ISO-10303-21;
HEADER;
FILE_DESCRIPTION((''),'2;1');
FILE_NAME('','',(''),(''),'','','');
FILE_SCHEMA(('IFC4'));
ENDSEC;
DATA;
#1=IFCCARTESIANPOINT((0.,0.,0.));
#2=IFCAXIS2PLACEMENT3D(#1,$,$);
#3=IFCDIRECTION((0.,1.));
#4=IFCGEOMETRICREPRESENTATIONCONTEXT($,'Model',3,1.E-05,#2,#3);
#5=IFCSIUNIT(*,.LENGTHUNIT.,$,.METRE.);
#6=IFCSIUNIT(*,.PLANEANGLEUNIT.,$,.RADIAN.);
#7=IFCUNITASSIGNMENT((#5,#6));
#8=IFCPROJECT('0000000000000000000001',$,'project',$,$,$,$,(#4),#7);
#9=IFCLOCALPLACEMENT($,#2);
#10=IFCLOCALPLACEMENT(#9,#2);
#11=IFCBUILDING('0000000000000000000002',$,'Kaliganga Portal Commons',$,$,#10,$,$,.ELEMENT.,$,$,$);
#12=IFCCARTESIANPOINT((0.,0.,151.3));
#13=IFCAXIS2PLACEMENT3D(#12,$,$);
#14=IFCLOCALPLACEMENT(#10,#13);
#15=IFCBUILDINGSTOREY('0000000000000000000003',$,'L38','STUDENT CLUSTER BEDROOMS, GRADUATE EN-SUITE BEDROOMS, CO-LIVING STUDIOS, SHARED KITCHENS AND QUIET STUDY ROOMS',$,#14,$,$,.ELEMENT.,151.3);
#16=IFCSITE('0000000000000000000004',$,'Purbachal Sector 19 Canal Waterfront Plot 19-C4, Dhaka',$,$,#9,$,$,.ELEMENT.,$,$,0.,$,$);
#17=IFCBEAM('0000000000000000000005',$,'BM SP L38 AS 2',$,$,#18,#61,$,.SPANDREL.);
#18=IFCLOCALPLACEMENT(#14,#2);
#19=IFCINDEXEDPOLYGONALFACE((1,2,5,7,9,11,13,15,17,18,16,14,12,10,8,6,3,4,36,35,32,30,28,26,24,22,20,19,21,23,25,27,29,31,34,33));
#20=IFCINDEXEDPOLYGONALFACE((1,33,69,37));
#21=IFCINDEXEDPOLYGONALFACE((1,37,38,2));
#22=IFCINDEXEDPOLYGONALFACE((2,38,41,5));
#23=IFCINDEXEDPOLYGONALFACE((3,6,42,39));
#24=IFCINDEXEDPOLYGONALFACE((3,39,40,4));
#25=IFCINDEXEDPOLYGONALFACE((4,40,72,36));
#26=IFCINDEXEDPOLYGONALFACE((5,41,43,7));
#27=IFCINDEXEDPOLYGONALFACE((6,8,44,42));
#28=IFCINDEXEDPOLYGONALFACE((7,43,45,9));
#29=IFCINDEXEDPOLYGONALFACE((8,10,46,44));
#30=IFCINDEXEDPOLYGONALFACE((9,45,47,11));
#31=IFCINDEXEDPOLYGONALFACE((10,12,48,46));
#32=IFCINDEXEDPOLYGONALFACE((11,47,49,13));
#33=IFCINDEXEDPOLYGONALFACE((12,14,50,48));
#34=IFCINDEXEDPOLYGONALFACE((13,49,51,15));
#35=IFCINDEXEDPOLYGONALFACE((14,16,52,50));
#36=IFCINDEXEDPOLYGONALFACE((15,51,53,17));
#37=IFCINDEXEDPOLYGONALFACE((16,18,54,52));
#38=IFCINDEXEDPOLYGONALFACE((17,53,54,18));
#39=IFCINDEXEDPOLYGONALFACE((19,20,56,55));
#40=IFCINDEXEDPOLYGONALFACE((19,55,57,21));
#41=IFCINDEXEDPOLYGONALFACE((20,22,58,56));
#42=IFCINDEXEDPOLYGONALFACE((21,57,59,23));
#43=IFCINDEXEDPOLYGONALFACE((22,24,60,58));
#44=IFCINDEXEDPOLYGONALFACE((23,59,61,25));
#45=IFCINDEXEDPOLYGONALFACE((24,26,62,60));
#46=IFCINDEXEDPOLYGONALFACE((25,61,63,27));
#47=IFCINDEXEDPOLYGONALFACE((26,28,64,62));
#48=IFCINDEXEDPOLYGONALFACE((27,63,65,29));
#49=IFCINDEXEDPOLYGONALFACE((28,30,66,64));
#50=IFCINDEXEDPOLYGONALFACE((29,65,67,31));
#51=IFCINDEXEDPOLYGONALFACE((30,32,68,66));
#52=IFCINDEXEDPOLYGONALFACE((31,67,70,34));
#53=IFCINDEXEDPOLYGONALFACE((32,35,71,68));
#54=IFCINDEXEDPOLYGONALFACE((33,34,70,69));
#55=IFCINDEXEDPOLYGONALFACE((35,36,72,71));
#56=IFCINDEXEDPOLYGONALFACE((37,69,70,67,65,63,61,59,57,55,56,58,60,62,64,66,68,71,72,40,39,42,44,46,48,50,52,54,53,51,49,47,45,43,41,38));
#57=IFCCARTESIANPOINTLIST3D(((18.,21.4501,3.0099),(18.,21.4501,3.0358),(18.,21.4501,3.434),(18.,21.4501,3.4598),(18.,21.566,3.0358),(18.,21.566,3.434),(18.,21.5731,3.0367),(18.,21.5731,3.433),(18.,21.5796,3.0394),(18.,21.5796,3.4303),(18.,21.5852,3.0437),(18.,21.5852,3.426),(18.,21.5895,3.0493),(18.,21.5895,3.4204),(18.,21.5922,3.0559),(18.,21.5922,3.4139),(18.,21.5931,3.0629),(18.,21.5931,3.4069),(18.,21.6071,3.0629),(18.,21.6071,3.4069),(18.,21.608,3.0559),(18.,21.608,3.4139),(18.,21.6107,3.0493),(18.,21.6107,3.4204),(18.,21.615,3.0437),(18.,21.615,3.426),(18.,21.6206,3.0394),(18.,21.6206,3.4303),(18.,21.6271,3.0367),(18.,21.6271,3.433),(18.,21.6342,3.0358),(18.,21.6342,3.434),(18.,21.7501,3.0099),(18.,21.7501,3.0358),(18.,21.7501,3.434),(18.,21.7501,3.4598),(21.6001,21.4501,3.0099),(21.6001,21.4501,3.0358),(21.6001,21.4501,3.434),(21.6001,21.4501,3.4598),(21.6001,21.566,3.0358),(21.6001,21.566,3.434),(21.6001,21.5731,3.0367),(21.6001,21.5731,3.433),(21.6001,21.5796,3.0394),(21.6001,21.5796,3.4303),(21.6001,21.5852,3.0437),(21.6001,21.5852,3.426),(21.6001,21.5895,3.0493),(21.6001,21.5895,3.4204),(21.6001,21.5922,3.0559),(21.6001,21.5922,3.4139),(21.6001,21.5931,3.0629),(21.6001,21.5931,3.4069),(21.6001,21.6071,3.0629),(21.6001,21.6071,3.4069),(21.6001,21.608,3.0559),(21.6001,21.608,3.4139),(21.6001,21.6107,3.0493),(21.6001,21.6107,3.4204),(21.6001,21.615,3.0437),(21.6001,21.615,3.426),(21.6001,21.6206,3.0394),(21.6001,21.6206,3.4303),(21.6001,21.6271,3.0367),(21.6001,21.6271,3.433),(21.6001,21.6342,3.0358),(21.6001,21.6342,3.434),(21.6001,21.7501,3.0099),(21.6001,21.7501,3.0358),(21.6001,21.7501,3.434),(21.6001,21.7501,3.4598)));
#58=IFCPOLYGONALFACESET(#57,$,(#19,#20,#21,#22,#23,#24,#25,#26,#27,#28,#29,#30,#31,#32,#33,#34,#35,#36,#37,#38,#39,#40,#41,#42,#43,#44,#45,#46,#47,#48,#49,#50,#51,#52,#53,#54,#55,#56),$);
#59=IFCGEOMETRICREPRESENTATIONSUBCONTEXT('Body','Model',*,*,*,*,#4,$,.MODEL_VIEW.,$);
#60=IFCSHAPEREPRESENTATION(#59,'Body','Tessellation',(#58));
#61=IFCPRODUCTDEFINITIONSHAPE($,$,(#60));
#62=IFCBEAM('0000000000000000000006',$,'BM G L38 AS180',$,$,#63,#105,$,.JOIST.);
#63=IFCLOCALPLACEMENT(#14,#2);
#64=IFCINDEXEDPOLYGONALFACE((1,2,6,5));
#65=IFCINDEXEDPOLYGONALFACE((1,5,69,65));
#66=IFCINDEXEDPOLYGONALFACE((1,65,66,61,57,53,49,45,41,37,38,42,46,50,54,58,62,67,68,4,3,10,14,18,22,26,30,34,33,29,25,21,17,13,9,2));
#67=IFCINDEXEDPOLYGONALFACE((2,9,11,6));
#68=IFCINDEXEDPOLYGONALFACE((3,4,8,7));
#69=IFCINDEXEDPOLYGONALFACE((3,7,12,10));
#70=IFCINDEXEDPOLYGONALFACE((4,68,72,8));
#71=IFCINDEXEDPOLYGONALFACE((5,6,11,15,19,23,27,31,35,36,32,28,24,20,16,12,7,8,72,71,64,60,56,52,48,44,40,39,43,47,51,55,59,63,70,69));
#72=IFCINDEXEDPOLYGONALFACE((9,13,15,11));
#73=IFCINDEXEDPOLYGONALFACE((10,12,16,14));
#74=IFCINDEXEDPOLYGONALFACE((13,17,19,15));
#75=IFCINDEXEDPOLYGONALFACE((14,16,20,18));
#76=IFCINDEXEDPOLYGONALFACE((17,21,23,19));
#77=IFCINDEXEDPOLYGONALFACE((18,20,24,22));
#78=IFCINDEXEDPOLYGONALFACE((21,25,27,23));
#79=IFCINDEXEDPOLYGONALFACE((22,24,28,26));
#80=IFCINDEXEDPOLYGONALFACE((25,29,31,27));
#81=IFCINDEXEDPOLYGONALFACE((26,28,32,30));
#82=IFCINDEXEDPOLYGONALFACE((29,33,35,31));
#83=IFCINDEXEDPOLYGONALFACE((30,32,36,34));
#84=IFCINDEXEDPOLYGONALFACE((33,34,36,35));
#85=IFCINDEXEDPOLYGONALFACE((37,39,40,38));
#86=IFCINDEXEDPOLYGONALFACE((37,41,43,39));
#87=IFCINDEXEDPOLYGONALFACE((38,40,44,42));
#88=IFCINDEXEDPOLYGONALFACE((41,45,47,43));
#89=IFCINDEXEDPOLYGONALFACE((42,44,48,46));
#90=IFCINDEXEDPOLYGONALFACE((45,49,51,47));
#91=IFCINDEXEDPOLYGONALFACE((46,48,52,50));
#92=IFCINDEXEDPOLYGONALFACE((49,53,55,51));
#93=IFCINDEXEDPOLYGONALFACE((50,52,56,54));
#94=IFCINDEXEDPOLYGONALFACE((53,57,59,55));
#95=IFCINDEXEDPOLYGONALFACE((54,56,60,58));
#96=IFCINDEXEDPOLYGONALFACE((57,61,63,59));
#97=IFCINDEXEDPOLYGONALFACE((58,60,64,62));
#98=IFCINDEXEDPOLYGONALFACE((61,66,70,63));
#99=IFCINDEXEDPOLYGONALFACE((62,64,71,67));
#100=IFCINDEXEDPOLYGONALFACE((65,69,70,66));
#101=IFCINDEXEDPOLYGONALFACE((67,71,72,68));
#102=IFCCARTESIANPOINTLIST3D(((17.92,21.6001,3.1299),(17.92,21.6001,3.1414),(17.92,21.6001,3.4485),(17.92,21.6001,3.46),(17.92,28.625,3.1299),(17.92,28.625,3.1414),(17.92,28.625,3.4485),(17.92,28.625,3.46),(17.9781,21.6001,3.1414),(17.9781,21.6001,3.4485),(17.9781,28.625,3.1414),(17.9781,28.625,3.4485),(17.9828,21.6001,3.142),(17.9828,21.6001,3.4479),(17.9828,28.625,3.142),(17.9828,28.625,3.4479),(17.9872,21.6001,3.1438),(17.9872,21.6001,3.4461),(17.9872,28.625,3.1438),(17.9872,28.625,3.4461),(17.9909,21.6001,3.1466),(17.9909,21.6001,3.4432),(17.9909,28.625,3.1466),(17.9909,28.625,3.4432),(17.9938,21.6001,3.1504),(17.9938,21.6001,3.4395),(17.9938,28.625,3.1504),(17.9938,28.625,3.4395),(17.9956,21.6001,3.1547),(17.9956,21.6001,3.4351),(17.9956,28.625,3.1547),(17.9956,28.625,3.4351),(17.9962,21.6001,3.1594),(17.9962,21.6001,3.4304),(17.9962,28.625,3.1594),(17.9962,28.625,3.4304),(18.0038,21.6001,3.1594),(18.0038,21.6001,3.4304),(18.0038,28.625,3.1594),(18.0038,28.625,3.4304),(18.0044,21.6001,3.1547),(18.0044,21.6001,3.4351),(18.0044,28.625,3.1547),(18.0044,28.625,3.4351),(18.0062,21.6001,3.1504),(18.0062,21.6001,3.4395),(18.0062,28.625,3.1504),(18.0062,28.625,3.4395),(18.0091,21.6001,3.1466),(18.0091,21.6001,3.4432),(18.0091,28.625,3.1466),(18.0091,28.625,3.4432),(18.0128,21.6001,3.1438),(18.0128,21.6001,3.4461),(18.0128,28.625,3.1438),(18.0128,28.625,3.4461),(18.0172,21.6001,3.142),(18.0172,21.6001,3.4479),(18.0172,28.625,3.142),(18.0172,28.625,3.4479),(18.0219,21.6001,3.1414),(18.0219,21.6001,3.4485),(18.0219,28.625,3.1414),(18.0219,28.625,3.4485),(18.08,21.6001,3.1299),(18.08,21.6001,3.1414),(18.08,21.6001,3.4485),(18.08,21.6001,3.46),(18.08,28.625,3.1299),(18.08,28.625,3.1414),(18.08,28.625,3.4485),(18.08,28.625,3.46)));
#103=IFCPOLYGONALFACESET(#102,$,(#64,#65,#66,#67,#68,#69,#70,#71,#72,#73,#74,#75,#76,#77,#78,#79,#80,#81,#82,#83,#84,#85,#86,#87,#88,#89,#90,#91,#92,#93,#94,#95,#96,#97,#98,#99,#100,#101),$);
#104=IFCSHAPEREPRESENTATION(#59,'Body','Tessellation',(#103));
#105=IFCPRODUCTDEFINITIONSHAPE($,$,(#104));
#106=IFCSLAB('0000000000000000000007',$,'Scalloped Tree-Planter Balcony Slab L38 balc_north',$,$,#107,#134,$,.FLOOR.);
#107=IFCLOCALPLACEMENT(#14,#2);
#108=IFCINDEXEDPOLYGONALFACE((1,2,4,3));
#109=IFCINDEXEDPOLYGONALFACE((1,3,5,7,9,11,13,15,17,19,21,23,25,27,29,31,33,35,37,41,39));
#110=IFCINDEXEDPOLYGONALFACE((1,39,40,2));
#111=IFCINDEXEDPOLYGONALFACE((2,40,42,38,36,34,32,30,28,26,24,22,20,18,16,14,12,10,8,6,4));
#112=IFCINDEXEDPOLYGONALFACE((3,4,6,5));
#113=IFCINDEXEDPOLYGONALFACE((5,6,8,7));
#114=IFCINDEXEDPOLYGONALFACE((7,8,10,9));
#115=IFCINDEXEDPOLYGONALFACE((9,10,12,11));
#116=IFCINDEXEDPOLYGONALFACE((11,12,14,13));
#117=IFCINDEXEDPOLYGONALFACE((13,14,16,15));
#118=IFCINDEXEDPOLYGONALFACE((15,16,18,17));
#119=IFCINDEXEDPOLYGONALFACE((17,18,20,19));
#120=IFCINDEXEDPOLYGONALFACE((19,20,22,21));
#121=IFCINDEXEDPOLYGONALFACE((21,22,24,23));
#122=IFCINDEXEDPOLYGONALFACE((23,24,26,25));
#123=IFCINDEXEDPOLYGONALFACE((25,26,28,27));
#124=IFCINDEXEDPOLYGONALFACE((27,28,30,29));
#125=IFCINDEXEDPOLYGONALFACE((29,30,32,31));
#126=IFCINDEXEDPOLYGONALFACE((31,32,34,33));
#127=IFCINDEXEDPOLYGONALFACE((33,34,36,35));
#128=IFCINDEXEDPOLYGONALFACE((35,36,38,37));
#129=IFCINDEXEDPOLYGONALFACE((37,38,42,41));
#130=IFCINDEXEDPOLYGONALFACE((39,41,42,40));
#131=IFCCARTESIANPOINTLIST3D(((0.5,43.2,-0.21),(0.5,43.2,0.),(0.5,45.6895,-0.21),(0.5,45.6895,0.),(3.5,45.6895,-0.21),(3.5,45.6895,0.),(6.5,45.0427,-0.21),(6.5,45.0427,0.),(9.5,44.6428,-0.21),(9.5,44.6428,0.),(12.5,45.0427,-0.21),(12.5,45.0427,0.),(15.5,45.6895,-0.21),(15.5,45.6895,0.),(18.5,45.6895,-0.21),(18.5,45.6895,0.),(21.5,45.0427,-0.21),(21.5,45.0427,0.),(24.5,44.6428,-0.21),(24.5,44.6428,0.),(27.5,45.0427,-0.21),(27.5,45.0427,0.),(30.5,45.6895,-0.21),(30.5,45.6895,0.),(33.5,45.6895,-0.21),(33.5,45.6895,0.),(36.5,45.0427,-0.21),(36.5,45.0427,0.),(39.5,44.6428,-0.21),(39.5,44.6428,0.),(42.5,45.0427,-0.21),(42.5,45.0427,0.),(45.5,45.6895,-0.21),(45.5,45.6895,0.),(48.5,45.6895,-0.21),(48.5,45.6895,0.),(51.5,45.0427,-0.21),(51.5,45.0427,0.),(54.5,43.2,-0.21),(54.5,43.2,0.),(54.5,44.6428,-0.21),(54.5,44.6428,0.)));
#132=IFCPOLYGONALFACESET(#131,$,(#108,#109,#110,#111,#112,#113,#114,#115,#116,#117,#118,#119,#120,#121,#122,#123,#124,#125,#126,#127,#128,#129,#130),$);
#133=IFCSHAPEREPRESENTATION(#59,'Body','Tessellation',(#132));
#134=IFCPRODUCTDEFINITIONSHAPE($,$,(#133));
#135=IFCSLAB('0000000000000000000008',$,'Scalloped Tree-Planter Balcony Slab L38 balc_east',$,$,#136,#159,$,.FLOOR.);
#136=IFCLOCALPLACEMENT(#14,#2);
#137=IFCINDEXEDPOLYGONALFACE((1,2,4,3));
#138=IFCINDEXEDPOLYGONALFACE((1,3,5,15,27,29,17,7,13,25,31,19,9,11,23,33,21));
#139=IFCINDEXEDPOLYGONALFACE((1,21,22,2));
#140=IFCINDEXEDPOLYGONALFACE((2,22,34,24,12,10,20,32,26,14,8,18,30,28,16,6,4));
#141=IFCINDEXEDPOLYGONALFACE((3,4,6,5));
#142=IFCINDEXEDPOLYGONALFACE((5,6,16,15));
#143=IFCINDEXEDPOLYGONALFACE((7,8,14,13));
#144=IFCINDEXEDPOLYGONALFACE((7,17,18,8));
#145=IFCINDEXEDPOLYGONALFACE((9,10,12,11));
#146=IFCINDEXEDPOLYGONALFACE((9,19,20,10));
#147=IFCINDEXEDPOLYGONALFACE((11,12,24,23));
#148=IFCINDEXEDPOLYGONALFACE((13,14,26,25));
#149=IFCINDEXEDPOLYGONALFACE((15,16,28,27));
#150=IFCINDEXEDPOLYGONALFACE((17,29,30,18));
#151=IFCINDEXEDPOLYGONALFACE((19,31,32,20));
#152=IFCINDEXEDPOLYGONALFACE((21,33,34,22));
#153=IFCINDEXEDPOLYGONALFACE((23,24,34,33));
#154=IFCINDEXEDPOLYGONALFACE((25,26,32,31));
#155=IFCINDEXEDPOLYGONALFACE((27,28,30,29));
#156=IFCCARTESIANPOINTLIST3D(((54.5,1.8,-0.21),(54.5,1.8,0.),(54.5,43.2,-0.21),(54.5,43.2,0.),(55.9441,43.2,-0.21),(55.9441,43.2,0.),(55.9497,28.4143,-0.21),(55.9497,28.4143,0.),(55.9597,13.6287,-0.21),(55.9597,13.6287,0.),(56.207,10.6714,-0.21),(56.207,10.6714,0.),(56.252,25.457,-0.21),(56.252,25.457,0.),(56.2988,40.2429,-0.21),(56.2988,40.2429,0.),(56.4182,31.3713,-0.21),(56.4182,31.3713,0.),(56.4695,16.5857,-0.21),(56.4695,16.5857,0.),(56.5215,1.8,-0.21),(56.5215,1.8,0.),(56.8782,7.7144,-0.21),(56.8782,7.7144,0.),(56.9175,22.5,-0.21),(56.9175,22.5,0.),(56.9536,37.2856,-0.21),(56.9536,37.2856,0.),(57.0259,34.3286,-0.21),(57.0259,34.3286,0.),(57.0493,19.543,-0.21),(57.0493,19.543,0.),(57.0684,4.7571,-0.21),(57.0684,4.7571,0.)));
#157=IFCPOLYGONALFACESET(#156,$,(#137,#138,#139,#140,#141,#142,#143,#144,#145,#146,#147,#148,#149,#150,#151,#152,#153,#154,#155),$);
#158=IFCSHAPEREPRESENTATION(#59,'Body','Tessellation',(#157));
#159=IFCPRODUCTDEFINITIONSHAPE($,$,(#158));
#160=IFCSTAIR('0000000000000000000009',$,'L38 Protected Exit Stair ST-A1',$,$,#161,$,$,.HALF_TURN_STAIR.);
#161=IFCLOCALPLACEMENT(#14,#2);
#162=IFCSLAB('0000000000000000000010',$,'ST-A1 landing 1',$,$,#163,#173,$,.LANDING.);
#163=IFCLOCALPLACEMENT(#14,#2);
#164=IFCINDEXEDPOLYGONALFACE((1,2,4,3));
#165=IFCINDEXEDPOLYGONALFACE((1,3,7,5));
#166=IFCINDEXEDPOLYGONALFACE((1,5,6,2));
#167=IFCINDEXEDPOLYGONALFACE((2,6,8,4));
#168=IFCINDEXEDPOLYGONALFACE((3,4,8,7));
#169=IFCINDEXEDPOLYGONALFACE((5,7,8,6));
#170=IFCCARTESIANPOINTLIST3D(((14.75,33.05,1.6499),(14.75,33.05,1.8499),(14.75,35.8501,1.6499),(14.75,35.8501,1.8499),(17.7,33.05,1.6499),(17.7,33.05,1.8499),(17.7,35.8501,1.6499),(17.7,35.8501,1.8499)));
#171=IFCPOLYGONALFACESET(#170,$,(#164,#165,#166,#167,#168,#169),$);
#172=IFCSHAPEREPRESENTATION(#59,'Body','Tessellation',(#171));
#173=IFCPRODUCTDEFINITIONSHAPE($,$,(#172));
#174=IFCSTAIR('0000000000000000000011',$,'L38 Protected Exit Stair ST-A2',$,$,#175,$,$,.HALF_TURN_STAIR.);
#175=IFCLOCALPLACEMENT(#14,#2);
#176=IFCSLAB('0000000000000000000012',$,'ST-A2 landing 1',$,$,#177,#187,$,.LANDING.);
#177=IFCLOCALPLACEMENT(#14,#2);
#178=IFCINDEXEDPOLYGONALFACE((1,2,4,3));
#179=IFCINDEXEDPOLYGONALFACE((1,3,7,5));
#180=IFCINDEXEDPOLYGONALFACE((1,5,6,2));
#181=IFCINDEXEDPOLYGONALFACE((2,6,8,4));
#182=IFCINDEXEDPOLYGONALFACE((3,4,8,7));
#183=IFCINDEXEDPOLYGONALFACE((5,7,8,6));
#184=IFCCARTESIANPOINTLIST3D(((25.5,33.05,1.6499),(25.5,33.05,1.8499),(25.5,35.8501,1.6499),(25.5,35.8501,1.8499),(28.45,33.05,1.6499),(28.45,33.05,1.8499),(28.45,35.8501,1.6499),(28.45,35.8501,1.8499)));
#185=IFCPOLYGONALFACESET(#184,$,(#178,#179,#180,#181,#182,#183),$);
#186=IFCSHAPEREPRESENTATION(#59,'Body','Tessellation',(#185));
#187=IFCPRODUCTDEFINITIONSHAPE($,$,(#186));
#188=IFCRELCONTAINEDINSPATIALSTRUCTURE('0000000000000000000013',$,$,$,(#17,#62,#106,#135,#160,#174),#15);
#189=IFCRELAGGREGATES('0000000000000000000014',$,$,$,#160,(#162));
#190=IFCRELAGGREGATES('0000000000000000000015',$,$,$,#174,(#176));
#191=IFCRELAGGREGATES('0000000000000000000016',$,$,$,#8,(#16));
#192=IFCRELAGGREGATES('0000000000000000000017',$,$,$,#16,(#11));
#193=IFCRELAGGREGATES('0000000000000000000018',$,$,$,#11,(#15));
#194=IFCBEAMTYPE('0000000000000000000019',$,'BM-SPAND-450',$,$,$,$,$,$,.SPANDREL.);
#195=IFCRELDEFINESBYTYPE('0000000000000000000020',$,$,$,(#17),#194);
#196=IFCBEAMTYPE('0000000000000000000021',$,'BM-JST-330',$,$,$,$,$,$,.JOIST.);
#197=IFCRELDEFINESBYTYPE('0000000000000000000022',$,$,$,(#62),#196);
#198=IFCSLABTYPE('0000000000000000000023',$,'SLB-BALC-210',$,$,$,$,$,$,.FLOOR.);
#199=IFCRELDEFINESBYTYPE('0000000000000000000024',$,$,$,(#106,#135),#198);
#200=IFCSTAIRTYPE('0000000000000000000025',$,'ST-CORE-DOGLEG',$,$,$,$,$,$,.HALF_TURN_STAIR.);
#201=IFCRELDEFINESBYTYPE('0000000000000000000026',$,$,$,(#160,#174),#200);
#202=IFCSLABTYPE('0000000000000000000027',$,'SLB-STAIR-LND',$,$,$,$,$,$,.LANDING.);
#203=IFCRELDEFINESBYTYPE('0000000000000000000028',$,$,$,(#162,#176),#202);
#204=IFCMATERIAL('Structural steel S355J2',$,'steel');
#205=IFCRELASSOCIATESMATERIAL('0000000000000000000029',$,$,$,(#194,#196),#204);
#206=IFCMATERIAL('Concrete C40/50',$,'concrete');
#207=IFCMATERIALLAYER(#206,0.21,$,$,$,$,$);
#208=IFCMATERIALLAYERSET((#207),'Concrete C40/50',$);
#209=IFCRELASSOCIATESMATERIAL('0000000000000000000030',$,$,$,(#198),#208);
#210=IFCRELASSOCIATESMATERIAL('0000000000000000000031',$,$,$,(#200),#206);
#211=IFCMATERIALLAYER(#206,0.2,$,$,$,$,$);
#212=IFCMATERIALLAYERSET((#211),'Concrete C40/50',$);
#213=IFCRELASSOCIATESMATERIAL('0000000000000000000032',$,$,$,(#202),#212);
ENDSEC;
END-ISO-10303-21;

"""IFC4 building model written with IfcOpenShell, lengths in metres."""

from ifc_helpers import new_model, si_unit, direction, frame, origin, origin_2d, place, context, subcontext, project, spatial, polyline, i_section, outline, extrude, source, transform, mapped, material, layer, layer_set, material_profile, profile_set, type_object, element, aggregate, save


model = new_model("IFC4")

# Units and contexts
model_context = context("Model", 3, precision=1e-05, world=origin(), true_north=direction((0.0, 1.0)))
body_context = subcontext(model_context, "Body", "Model", "MODEL_VIEW")
ifc_project = project(units=[si_unit("LENGTHUNIT", "METRE"), si_unit("PLANEANGLEUNIT", "RADIAN")], contexts=[model_context])

# Site, building, storey
site_placement = place(None, origin())
site = spatial("IfcSite", under=ifc_project, at=site_placement, Name="Purbachal Sector 19 Canal Waterfront Plot 19-C4, Dhaka", CompositionType="ELEMENT", RefElevation=0.0)
building_placement = place(site_placement, origin())
building = spatial("IfcBuilding", under=site, at=building_placement, Name="Kaliganga Portal Commons", CompositionType="ELEMENT")
storey_placement = place(building_placement, frame((0.0, 0.0, 151.3)))
storey = spatial("IfcBuildingStorey", under=building, at=storey_placement, Name="L38", Description="STUDENT CLUSTER BEDROOMS, GRADUATE EN-SUITE BEDROOMS, CO-LIVING STUDIOS, SHARED KITCHENS AND QUIET STUDY ROOMS", CompositionType="ELEMENT", Elevation=151.3)

# Beams
ifc_material_1 = material(Name="Structural steel S355J2", Category="steel")
ifc_material_profile_1 = material_profile(ifc_material_1, i_section(OverallWidth=0.3, OverallDepth=0.45, WebThickness=0.0139, FlangeThickness=0.0259, FilletRadius=0.0271, at=origin_2d()), Name="HE 450 B")
ifc_profile_set_1 = profile_set([ifc_material_profile_1], Name="Structural steel S355J2 wide-flange")
beam_type_1 = type_object("IfcBeamType", Name="BM-SPAND-450", PredefinedType="SPANDREL", material=ifc_profile_set_1)
shared_shape_1 = source(origin(), body_context, "Body", "SweptSolid", [
    extrude(i_section(OverallWidth=0.3, OverallDepth=0.45, WebThickness=0.0139, FlangeThickness=0.0259, FilletRadius=0.0271, at=origin_2d()), origin(), (0.0, 0.0, 1.0), 3.6001),
])
for number, where, z_axis, x_axis, name in (
    (1, (18.0, 21.6001, 3.2349), (1.0, 0.0, 0.0), (0.0, 1.0, 0.0), "BM SP L38 AS 2"),
):
    element("IfcBeam", number, at=place(storey_placement, frame(where, z_axis=z_axis, x_axis=x_axis)), inside=storey, type_object=beam_type_1, Name=name, PredefinedType="SPANDREL", context=body_context, shape_type="MappedRepresentation", body=[
        mapped(shared_shape_1, transform((0.0, 0.0, 0.0), x_axis=(1.0, 0.0, 0.0), y_axis=(0.0, 1.0, 0.0), z_axis=(0.0, 0.0, 1.0), scale=1.0)),
    ])
ifc_material_profile_2 = material_profile(ifc_material_1, i_section(OverallWidth=0.1599, OverallDepth=0.3301, WebThickness=0.0076, FlangeThickness=0.0115, FilletRadius=0.0181, at=origin_2d()), Name="IPE 330")
ifc_profile_set_2 = profile_set([ifc_material_profile_2], Name="Structural steel S355J2 wide-flange")
beam_type_2 = type_object("IfcBeamType", Name="BM-JST-330", PredefinedType="JOIST", material=ifc_profile_set_2)
shared_shape_2 = source(origin(), body_context, "Body", "SweptSolid", [
    extrude(i_section(OverallWidth=0.1599, OverallDepth=0.3301, WebThickness=0.0076, FlangeThickness=0.0115, FilletRadius=0.0181, at=origin_2d()), origin(), (0.0, 0.0, 1.0), 7.0249),
])
beam_1_placement = place(storey_placement, frame((18.0, 21.6001, 3.2949), z_axis=(0.0, 1.0, 0.0), x_axis=(-1.0, 0.0, 0.0)))
element("IfcBeam", 2, at=beam_1_placement, inside=storey, type_object=beam_type_2, Name="BM G L38 AS180", PredefinedType="JOIST", context=body_context, shape_type="MappedRepresentation", body=[
    mapped(shared_shape_2, transform((0.0, 0.0, 0.0), x_axis=(1.0, 0.0, 0.0), y_axis=(0.0, 1.0, 0.0), z_axis=(0.0, 0.0, 1.0), scale=1.0)),
])

# Slabs
ifc_material_2 = material(Name="Concrete C40/50", Category="concrete")
ifc_layer_1 = layer(ifc_material_2, 0.21)
ifc_layer_set_1 = layer_set([ifc_layer_1], Name="Concrete C40/50")
slab_type_1 = type_object("IfcSlabType", Name="SLB-BALC-210", PredefinedType="FLOOR", material=ifc_layer_set_1)
slab_1_placement = place(storey_placement, frame((0.0, 0.0, -0.21)))
element("IfcSlab", 3, at=slab_1_placement, inside=storey, type_object=slab_type_1, Name="Scalloped Tree-Planter Balcony Slab L38 balc_north", PredefinedType="FLOOR", context=body_context, shape_type="SweptSolid", body=[
    extrude(outline(polyline([(54.5, 43.2), (54.5, 44.6428), (51.5, 45.0427), (48.5, 45.6895), (45.5, 45.6895), (42.5, 45.0427), (39.5, 44.6428), (36.5, 45.0427), (33.5, 45.6895), (30.5, 45.6895), (27.5, 45.0427), (24.5, 44.6428), (21.5, 45.0427), (18.5, 45.6895), (15.5, 45.6895), (12.5, 45.0427), (9.5, 44.6428), (6.5, 45.0427), (3.5, 45.6895), (0.5, 45.6895), (0.5, 43.2), (54.5, 43.2)])), origin(), (0.0, 0.0, 1.0), 0.21),
])
slab_2_placement = place(storey_placement, frame((0.0, 0.0, -0.21)))
element("IfcSlab", 4, at=slab_2_placement, inside=storey, type_object=slab_type_1, Name="Scalloped Tree-Planter Balcony Slab L38 balc_east", PredefinedType="FLOOR", context=body_context, shape_type="SweptSolid", body=[
    extrude(outline(polyline([(54.5, 1.8), (56.5215, 1.8), (57.0684, 4.7571), (56.8782, 7.7144), (56.207, 10.6714), (55.9597, 13.6287), (56.4695, 16.5857), (57.0493, 19.543), (56.9175, 22.5), (56.252, 25.457), (55.9497, 28.4143), (56.4182, 31.3713), (57.0259, 34.3286), (56.9536, 37.2856), (56.2988, 40.2429), (55.9441, 43.2), (54.5, 43.2), (54.5, 1.8)])), origin(), (0.0, 0.0, 1.0), 0.21),
])

# Stairs, slabs
stair_type = type_object("IfcStairType", Name="ST-CORE-DOGLEG", PredefinedType="HALF_TURN_STAIR", material=ifc_material_2)
stair_1_placement = place(storey_placement, origin())
stair_1 = element("IfcStair", 5, at=stair_1_placement, inside=storey, type_object=stair_type, Name="L38 Protected Exit Stair ST-A1", PredefinedType="HALF_TURN_STAIR")
ifc_layer_2 = layer(ifc_material_2, 0.2)
ifc_layer_set_2 = layer_set([ifc_layer_2], Name="Concrete C40/50")
slab_type_2 = type_object("IfcSlabType", Name="SLB-STAIR-LND", PredefinedType="LANDING", material=ifc_layer_set_2)
slab_3_placement = place(storey_placement, frame((0.0, 0.0, 1.6499)))
slab_3 = element("IfcSlab", 6, at=slab_3_placement, type_object=slab_type_2, Name="ST-A1 landing 1", PredefinedType="LANDING", context=body_context, shape_type="SweptSolid", body=[
    extrude(outline(polyline([(17.7, 33.05), (17.7, 35.8501), (14.75, 35.8501), (14.75, 33.05), (17.7, 33.05)])), origin(), (0.0, 0.0, 1.0), 0.2),
])
aggregate(stair_1, [slab_3])
stair_2_placement = place(storey_placement, origin())
stair_2 = element("IfcStair", 7, at=stair_2_placement, inside=storey, type_object=stair_type, Name="L38 Protected Exit Stair ST-A2", PredefinedType="HALF_TURN_STAIR")
slab_4_placement = place(storey_placement, frame((0.0, 0.0, 1.6499)))
slab_4 = element("IfcSlab", 8, at=slab_4_placement, type_object=slab_type_2, Name="ST-A2 landing 1", PredefinedType="LANDING", context=body_context, shape_type="SweptSolid", body=[
    extrude(outline(polyline([(28.45, 33.05), (28.45, 35.8501), (25.5, 35.8501), (25.5, 33.05), (28.45, 33.05)])), origin(), (0.0, 0.0, 1.0), 0.2),
])
aggregate(stair_2, [slab_4])

save(model, "model.ifc")
